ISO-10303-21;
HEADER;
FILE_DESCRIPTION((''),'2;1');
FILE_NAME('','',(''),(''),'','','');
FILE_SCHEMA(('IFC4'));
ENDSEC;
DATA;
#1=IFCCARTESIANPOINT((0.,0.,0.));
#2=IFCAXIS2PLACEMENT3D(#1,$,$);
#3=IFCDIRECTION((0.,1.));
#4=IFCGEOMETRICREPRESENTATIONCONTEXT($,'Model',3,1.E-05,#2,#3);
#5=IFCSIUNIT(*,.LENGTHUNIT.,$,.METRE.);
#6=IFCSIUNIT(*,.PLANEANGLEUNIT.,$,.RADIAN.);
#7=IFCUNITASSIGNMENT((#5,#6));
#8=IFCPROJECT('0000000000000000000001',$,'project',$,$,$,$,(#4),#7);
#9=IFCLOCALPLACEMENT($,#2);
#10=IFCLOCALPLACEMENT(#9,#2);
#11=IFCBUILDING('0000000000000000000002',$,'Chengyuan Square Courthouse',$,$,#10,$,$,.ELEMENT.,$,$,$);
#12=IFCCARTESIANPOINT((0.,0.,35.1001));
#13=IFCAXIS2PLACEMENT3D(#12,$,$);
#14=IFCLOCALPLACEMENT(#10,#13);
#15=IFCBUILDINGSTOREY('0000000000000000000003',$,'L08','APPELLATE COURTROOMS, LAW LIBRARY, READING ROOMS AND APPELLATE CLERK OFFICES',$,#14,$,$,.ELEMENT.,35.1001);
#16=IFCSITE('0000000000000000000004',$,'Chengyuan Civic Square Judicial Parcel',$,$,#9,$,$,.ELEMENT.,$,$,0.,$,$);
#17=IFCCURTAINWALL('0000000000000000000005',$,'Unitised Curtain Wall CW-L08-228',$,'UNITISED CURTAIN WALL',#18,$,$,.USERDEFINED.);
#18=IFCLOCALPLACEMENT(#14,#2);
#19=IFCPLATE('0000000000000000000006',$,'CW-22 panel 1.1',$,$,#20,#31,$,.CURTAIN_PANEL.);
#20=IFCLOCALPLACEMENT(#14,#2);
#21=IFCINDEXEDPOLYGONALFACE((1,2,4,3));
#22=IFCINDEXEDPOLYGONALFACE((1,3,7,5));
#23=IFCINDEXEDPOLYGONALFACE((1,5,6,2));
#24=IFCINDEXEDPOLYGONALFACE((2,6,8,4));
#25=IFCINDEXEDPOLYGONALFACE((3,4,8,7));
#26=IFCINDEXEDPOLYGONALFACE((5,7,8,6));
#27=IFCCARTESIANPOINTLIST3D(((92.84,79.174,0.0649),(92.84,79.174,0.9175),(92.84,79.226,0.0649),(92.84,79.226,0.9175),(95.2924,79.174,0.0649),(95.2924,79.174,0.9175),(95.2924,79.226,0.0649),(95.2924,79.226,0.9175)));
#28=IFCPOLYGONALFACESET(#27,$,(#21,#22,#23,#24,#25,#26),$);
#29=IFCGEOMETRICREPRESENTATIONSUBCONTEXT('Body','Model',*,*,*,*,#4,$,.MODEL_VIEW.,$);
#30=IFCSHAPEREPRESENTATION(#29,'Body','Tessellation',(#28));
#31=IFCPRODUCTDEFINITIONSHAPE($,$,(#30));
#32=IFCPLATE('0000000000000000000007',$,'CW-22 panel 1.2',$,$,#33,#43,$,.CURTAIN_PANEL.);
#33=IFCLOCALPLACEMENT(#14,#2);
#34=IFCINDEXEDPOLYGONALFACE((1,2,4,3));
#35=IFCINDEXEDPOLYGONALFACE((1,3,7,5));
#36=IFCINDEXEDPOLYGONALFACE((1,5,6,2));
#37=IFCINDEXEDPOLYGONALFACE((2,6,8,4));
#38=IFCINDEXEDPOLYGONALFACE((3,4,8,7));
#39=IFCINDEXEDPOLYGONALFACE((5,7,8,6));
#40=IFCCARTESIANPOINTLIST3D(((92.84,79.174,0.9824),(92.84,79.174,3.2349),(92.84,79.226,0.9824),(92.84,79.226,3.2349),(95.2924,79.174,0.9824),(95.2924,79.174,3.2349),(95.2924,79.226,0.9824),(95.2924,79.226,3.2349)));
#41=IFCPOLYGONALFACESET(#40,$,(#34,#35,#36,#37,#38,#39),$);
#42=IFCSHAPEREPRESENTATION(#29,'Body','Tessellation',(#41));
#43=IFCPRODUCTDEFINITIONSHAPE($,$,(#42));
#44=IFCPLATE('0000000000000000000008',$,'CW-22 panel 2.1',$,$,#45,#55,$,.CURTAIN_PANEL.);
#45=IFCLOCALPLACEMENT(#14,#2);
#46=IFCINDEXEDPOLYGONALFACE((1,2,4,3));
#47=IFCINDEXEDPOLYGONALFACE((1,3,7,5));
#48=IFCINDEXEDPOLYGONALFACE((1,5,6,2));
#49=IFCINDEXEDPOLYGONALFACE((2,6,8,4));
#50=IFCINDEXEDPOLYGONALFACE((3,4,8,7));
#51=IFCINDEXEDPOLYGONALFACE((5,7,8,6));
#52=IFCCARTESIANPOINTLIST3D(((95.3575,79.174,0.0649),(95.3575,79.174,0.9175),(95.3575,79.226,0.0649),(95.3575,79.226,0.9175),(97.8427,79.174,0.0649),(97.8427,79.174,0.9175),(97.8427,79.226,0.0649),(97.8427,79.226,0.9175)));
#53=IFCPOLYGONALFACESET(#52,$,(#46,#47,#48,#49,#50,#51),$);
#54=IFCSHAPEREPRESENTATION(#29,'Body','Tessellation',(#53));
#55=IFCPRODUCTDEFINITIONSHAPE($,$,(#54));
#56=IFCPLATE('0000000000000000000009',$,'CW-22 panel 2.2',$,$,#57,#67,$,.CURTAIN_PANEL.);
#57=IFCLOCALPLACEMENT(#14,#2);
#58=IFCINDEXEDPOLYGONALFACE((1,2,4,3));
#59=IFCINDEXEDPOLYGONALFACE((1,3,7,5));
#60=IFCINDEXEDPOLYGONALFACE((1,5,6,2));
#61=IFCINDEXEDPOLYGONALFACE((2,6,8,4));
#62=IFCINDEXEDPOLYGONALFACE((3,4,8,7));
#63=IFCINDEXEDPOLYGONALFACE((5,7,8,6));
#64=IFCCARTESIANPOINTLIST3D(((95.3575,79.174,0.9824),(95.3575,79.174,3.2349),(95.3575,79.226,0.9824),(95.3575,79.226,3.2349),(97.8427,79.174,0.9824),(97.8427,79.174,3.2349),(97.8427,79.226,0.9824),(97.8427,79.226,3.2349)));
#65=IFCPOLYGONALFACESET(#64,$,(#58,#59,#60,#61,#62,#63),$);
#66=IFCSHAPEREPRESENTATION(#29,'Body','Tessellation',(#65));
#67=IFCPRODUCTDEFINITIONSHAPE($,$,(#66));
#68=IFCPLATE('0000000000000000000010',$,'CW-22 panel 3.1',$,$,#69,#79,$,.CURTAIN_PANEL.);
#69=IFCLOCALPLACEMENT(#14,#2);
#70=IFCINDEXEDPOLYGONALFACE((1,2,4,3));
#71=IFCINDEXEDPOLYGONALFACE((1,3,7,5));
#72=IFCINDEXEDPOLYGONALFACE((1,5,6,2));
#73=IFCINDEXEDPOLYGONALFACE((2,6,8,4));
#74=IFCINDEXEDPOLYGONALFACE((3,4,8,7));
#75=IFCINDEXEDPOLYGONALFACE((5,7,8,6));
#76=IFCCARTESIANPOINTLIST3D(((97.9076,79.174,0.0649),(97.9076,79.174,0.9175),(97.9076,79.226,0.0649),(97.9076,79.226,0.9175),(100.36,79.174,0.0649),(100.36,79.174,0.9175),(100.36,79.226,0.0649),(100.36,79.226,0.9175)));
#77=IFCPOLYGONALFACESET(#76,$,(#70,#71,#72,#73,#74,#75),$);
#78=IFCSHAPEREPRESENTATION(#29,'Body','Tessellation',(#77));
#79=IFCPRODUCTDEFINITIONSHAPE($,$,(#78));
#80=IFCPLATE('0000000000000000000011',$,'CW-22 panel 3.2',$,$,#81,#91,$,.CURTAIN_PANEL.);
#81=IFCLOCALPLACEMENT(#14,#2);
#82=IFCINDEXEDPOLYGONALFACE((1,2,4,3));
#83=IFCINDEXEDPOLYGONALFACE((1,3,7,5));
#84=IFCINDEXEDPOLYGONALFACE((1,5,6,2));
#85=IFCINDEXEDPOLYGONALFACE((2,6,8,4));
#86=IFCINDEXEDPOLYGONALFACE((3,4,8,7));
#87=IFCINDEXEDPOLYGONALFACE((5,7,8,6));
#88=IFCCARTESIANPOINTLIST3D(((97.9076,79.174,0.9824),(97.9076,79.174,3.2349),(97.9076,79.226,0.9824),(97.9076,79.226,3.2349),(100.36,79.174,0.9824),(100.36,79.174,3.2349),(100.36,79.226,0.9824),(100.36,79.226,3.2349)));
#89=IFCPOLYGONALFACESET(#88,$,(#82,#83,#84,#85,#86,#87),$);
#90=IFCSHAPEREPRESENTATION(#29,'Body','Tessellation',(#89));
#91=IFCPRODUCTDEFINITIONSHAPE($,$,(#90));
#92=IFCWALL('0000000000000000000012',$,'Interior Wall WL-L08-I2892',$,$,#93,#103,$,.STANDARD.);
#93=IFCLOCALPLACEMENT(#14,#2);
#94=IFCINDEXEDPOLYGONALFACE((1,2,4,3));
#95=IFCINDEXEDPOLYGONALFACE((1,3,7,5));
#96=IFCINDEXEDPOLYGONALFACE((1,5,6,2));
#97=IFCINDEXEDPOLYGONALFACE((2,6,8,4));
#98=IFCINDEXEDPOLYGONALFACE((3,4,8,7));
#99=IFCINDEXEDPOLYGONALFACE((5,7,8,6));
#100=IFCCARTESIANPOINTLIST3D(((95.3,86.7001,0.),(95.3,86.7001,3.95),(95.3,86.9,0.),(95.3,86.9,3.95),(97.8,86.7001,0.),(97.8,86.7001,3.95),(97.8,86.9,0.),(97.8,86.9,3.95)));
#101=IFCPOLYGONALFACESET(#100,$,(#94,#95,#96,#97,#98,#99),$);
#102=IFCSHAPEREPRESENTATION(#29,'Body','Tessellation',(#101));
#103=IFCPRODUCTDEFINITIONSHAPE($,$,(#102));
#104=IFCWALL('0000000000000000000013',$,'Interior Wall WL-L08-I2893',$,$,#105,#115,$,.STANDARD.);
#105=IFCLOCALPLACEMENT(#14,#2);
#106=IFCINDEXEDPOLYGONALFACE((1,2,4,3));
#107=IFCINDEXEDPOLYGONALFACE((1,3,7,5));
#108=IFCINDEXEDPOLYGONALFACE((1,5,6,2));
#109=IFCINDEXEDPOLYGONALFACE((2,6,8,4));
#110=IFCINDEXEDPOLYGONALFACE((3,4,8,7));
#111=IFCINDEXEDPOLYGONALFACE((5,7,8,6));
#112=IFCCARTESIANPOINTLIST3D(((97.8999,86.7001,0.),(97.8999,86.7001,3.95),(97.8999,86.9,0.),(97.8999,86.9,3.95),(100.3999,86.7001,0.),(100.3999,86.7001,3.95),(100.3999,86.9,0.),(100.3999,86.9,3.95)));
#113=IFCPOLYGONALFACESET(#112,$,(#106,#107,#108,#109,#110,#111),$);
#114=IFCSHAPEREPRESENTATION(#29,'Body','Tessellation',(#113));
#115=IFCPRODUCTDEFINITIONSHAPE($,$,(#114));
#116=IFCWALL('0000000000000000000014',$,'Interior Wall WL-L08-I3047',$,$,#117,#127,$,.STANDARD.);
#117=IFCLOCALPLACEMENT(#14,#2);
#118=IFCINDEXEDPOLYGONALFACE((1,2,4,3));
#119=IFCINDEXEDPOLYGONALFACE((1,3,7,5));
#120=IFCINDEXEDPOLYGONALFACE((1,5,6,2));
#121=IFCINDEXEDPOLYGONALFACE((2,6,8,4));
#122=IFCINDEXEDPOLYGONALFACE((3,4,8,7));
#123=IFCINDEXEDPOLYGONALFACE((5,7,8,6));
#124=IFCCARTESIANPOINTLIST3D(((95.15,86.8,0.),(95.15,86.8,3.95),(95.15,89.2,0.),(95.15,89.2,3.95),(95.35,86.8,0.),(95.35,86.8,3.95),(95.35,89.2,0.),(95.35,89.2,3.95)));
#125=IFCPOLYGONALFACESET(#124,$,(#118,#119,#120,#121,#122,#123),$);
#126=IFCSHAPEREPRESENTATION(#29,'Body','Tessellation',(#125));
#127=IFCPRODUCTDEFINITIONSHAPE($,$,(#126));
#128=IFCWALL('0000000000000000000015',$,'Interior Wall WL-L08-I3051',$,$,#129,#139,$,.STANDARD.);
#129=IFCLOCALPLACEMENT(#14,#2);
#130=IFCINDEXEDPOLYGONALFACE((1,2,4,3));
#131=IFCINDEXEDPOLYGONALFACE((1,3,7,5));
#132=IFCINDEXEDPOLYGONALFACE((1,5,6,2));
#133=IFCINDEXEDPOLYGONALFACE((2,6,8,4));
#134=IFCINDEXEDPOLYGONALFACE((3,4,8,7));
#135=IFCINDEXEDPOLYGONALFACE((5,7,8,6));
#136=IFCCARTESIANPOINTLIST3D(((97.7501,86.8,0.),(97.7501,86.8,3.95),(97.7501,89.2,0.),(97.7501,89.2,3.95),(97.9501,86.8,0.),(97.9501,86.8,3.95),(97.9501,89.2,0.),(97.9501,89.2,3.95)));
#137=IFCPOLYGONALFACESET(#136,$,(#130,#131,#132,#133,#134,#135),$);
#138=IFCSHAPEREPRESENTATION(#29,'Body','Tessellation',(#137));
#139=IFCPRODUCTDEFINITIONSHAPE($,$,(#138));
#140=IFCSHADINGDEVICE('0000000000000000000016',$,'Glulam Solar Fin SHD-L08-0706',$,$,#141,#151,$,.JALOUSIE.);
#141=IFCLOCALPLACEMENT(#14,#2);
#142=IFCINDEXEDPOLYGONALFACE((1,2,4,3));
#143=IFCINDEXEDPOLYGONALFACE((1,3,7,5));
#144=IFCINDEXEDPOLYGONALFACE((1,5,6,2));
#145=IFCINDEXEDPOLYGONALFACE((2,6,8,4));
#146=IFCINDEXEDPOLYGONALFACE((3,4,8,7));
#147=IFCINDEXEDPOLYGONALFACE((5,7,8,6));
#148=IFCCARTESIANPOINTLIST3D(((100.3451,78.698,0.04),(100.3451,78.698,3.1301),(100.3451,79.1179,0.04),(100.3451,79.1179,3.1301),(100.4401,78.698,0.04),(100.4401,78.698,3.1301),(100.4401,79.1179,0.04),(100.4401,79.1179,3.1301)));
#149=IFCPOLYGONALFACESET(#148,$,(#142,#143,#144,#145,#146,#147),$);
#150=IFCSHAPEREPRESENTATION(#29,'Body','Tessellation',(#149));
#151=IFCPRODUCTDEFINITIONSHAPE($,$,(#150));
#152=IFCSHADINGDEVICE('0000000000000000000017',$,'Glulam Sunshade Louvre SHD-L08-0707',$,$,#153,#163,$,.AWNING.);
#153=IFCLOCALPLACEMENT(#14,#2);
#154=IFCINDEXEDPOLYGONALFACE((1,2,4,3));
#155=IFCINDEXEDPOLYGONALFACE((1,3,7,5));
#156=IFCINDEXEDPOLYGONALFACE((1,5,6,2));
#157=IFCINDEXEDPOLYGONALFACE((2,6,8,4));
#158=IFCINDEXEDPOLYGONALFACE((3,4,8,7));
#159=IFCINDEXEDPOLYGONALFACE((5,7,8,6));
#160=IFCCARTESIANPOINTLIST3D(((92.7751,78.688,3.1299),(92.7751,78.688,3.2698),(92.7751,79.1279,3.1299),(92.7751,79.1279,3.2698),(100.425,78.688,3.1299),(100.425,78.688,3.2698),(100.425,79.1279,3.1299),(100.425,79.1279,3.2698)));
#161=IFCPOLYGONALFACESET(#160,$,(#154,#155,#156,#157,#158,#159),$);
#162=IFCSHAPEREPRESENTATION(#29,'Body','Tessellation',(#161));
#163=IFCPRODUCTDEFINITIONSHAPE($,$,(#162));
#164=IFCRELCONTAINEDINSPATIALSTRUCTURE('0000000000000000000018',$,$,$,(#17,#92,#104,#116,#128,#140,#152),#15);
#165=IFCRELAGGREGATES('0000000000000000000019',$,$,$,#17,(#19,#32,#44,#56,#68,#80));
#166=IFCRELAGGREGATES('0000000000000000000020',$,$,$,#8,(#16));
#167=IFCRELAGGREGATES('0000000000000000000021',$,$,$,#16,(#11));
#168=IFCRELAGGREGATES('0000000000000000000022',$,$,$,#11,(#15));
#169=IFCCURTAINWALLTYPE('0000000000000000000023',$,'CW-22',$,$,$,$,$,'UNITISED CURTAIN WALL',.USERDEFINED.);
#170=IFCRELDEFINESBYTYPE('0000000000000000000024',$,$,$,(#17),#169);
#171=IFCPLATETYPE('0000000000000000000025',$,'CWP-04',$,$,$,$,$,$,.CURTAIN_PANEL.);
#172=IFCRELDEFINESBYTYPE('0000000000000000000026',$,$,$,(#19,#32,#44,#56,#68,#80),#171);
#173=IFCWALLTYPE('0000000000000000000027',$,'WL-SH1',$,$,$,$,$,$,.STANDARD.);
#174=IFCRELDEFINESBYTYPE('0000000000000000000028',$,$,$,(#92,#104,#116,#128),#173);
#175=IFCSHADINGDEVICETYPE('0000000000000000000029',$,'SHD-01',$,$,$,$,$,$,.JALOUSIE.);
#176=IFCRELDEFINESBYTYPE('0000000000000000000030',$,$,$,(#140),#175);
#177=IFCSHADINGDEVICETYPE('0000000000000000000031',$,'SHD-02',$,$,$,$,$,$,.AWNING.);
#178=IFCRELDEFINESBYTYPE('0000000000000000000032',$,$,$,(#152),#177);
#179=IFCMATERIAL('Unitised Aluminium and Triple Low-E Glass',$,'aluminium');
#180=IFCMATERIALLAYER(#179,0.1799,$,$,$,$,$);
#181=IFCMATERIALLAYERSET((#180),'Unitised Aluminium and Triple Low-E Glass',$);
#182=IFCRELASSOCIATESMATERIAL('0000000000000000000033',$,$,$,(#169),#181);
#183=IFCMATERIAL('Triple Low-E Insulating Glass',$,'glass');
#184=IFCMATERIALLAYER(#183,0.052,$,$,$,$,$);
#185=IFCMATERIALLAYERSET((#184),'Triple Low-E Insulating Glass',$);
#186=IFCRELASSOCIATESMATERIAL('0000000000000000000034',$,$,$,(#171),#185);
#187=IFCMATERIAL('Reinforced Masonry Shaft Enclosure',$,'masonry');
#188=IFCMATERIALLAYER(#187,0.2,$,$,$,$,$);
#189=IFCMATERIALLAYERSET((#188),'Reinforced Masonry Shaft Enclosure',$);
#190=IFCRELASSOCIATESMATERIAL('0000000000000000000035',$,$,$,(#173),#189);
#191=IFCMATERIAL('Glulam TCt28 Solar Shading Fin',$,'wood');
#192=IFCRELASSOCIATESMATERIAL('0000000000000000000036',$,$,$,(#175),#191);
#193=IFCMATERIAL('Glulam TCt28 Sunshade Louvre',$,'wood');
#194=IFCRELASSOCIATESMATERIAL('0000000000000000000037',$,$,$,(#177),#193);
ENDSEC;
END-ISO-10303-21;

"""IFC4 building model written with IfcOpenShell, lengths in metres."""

from ifc_helpers import new_model, si_unit, direction, frame, frame_2d, origin, origin_2d, place, context, subcontext, project, spatial, rectangle, extrude, material, layer, layer_set, type_object, element, aggregate, save


model = new_model("IFC4")

# Units and contexts
model_context = context("Model", 3, precision=1e-05, world=origin(), true_north=direction((0.0, 1.0)))
body_context = subcontext(model_context, "Body", "Model", "MODEL_VIEW")
ifc_project = project(units=[si_unit("LENGTHUNIT", "METRE"), si_unit("PLANEANGLEUNIT", "RADIAN")], contexts=[model_context])

# Site, building, storey
site_placement = place(None, origin())
site = spatial("IfcSite", under=ifc_project, at=site_placement, Name="Chengyuan Civic Square Judicial Parcel", CompositionType="ELEMENT", RefElevation=0.0)
building_placement = place(site_placement, origin())
building = spatial("IfcBuilding", under=site, at=building_placement, Name="Chengyuan Square Courthouse", CompositionType="ELEMENT")
storey_placement = place(building_placement, frame((0.0, 0.0, 35.1001)))
storey = spatial("IfcBuildingStorey", under=building, at=storey_placement, Name="L08", Description="APPELLATE COURTROOMS, LAW LIBRARY, READING ROOMS AND APPELLATE CLERK OFFICES", CompositionType="ELEMENT", Elevation=35.1001)

# Curtain wall, plates
ifc_material_1 = material(Name="Unitised Aluminium and Triple Low-E Glass", Category="aluminium")
ifc_layer_1 = layer(ifc_material_1, 0.1799)
ifc_layer_set_1 = layer_set([ifc_layer_1], Name="Unitised Aluminium and Triple Low-E Glass")
curtain_wall_type = type_object("IfcCurtainWallType", Name="CW-22", ElementType="UNITISED CURTAIN WALL", PredefinedType="USERDEFINED", material=ifc_layer_set_1)
curtain_wall_placement = place(storey_placement, origin())
curtain_wall = element("IfcCurtainWall", 1, at=curtain_wall_placement, inside=storey, type_object=curtain_wall_type, Name="Unitised Curtain Wall CW-L08-228", ObjectType="UNITISED CURTAIN WALL", PredefinedType="USERDEFINED")
ifc_material_2 = material(Name="Triple Low-E Insulating Glass", Category="glass")
ifc_layer_2 = layer(ifc_material_2, 0.052)
ifc_layer_set_2 = layer_set([ifc_layer_2], Name="Triple Low-E Insulating Glass")
plate_type = type_object("IfcPlateType", Name="CWP-04", PredefinedType="CURTAIN_PANEL", material=ifc_layer_set_2)
plate_1_placement = place(storey_placement, frame((94.0662, 79.2, 0.0649), z_axis=(0.0, 0.0, 1.0), x_axis=(1.0, 0.0, 0.0)))
plate_1 = element("IfcPlate", 2, at=plate_1_placement, type_object=plate_type, Name="CW-22 panel 1.1", PredefinedType="CURTAIN_PANEL", context=body_context, shape_type="SweptSolid", body=[
    extrude(rectangle(XDim=2.4524, YDim=0.052, at=origin_2d()), origin(), (0.0, 0.0, 1.0), 0.8525),
])
plate_2_placement = place(storey_placement, frame((94.0662, 79.2, 0.9824), z_axis=(0.0, 0.0, 1.0), x_axis=(1.0, 0.0, 0.0)))
plate_2 = element("IfcPlate", 3, at=plate_2_placement, type_object=plate_type, Name="CW-22 panel 1.2", PredefinedType="CURTAIN_PANEL", context=body_context, shape_type="SweptSolid", body=[
    extrude(rectangle(XDim=2.4524, YDim=0.052, at=origin_2d()), origin(), (0.0, 0.0, 1.0), 2.2524),
])
plate_3_placement = place(storey_placement, frame((96.6001, 79.2, 0.0649), z_axis=(0.0, 0.0, 1.0), x_axis=(1.0, 0.0, 0.0)))
plate_3 = element("IfcPlate", 4, at=plate_3_placement, type_object=plate_type, Name="CW-22 panel 2.1", PredefinedType="CURTAIN_PANEL", context=body_context, shape_type="SweptSolid", body=[
    extrude(rectangle(XDim=2.4851, YDim=0.052, at=origin_2d()), origin(), (0.0, 0.0, 1.0), 0.8525),
])
plate_4_placement = place(storey_placement, frame((96.6001, 79.2, 0.9824), z_axis=(0.0, 0.0, 1.0), x_axis=(1.0, 0.0, 0.0)))
plate_4 = element("IfcPlate", 5, at=plate_4_placement, type_object=plate_type, Name="CW-22 panel 2.2", PredefinedType="CURTAIN_PANEL", context=body_context, shape_type="SweptSolid", body=[
    extrude(rectangle(XDim=2.4851, YDim=0.052, at=origin_2d()), origin(), (0.0, 0.0, 1.0), 2.2524),
])
plate_5_placement = place(storey_placement, frame((99.1338, 79.2, 0.0649), z_axis=(0.0, 0.0, 1.0), x_axis=(1.0, 0.0, 0.0)))
plate_5 = element("IfcPlate", 6, at=plate_5_placement, type_object=plate_type, Name="CW-22 panel 3.1", PredefinedType="CURTAIN_PANEL", context=body_context, shape_type="SweptSolid", body=[
    extrude(rectangle(XDim=2.4524, YDim=0.052, at=origin_2d()), origin(), (0.0, 0.0, 1.0), 0.8525),
])
plate_6_placement = place(storey_placement, frame((99.1338, 79.2, 0.9824), z_axis=(0.0, 0.0, 1.0), x_axis=(1.0, 0.0, 0.0)))
plate_6 = element("IfcPlate", 7, at=plate_6_placement, type_object=plate_type, Name="CW-22 panel 3.2", PredefinedType="CURTAIN_PANEL", context=body_context, shape_type="SweptSolid", body=[
    extrude(rectangle(XDim=2.4524, YDim=0.052, at=origin_2d()), origin(), (0.0, 0.0, 1.0), 2.2524),
])
aggregate(curtain_wall, [plate_1, plate_2, plate_3, plate_4, plate_5, plate_6])

# Walls
ifc_material_3 = material(Name="Reinforced Masonry Shaft Enclosure", Category="masonry")
ifc_layer_3 = layer(ifc_material_3, 0.2)
ifc_layer_set_3 = layer_set([ifc_layer_3], Name="Reinforced Masonry Shaft Enclosure")
wall_type = type_object("IfcWallType", Name="WL-SH1", PredefinedType="STANDARD", material=ifc_layer_set_3)
for number, where, z_axis, x_axis, name in (
    (8, (95.3, 86.8, 0.0), (0.0, 0.0, 1.0), (1.0, 0.0, 0.0), "Interior Wall WL-L08-I2892"),
    (9, (97.8999, 86.8, 0.0), (0.0, 0.0, 1.0), (1.0, 0.0, 0.0), "Interior Wall WL-L08-I2893"),
):
    element("IfcWall", number, at=place(storey_placement, frame(where, z_axis=z_axis, x_axis=x_axis)), inside=storey, type_object=wall_type, Name=name, PredefinedType="STANDARD", context=body_context, shape_type="SweptSolid", body=[
        extrude(rectangle(XDim=2.5, YDim=0.2, at=frame_2d((1.25, 0.0))), origin(), (0.0, 0.0, 1.0), 3.95),
    ])
for number, where, z_axis, x_axis, name in (
    (10, (95.25, 86.8, 0.0), (0.0, 0.0, 1.0), (0.0, 1.0, 0.0), "Interior Wall WL-L08-I3047"),
    (11, (97.8501, 86.8, 0.0), (0.0, 0.0, 1.0), (0.0, 1.0, 0.0), "Interior Wall WL-L08-I3051"),
):
    element("IfcWall", number, at=place(storey_placement, frame(where, z_axis=z_axis, x_axis=x_axis)), inside=storey, type_object=wall_type, Name=name, PredefinedType="STANDARD", context=body_context, shape_type="SweptSolid", body=[
        extrude(rectangle(XDim=2.3999, YDim=0.2, at=frame_2d((1.2, 0.0))), origin(), (0.0, 0.0, 1.0), 3.95),
    ])

# Shading devices
ifc_material_4 = material(Name="Glulam TCt28 Solar Shading Fin", Category="wood")
shading_device_type_1 = type_object("IfcShadingDeviceType", Name="SHD-01", PredefinedType="JALOUSIE", material=ifc_material_4)
shading_device_1_placement = place(storey_placement, frame((100.3926, 78.908, 0.04), z_axis=(0.0, 0.0, 1.0), x_axis=(0.0, 1.0, 0.0)))
element("IfcShadingDevice", 12, at=shading_device_1_placement, inside=storey, type_object=shading_device_type_1, Name="Glulam Solar Fin SHD-L08-0706", PredefinedType="JALOUSIE", context=body_context, shape_type="SweptSolid", body=[
    extrude(rectangle(XDim=0.4199, YDim=0.095, at=origin_2d()), origin(), (0.0, 0.0, 1.0), 3.0901),
])
ifc_material_5 = material(Name="Glulam TCt28 Sunshade Louvre", Category="wood")
shading_device_type_2 = type_object("IfcShadingDeviceType", Name="SHD-02", PredefinedType="AWNING", material=ifc_material_5)
shading_device_2_placement = place(storey_placement, frame((96.6001, 78.908, 3.1299), z_axis=(0.0, 0.0, 1.0), x_axis=(1.0, 0.0, 0.0)))
element("IfcShadingDevice", 13, at=shading_device_2_placement, inside=storey, type_object=shading_device_type_2, Name="Glulam Sunshade Louvre SHD-L08-0707", PredefinedType="AWNING", context=body_context, shape_type="SweptSolid", body=[
    extrude(rectangle(XDim=7.6499, YDim=0.4399, at=origin_2d()), origin(), (0.0, 0.0, 1.0), 0.1399),
])

save(model, "model.ifc")
